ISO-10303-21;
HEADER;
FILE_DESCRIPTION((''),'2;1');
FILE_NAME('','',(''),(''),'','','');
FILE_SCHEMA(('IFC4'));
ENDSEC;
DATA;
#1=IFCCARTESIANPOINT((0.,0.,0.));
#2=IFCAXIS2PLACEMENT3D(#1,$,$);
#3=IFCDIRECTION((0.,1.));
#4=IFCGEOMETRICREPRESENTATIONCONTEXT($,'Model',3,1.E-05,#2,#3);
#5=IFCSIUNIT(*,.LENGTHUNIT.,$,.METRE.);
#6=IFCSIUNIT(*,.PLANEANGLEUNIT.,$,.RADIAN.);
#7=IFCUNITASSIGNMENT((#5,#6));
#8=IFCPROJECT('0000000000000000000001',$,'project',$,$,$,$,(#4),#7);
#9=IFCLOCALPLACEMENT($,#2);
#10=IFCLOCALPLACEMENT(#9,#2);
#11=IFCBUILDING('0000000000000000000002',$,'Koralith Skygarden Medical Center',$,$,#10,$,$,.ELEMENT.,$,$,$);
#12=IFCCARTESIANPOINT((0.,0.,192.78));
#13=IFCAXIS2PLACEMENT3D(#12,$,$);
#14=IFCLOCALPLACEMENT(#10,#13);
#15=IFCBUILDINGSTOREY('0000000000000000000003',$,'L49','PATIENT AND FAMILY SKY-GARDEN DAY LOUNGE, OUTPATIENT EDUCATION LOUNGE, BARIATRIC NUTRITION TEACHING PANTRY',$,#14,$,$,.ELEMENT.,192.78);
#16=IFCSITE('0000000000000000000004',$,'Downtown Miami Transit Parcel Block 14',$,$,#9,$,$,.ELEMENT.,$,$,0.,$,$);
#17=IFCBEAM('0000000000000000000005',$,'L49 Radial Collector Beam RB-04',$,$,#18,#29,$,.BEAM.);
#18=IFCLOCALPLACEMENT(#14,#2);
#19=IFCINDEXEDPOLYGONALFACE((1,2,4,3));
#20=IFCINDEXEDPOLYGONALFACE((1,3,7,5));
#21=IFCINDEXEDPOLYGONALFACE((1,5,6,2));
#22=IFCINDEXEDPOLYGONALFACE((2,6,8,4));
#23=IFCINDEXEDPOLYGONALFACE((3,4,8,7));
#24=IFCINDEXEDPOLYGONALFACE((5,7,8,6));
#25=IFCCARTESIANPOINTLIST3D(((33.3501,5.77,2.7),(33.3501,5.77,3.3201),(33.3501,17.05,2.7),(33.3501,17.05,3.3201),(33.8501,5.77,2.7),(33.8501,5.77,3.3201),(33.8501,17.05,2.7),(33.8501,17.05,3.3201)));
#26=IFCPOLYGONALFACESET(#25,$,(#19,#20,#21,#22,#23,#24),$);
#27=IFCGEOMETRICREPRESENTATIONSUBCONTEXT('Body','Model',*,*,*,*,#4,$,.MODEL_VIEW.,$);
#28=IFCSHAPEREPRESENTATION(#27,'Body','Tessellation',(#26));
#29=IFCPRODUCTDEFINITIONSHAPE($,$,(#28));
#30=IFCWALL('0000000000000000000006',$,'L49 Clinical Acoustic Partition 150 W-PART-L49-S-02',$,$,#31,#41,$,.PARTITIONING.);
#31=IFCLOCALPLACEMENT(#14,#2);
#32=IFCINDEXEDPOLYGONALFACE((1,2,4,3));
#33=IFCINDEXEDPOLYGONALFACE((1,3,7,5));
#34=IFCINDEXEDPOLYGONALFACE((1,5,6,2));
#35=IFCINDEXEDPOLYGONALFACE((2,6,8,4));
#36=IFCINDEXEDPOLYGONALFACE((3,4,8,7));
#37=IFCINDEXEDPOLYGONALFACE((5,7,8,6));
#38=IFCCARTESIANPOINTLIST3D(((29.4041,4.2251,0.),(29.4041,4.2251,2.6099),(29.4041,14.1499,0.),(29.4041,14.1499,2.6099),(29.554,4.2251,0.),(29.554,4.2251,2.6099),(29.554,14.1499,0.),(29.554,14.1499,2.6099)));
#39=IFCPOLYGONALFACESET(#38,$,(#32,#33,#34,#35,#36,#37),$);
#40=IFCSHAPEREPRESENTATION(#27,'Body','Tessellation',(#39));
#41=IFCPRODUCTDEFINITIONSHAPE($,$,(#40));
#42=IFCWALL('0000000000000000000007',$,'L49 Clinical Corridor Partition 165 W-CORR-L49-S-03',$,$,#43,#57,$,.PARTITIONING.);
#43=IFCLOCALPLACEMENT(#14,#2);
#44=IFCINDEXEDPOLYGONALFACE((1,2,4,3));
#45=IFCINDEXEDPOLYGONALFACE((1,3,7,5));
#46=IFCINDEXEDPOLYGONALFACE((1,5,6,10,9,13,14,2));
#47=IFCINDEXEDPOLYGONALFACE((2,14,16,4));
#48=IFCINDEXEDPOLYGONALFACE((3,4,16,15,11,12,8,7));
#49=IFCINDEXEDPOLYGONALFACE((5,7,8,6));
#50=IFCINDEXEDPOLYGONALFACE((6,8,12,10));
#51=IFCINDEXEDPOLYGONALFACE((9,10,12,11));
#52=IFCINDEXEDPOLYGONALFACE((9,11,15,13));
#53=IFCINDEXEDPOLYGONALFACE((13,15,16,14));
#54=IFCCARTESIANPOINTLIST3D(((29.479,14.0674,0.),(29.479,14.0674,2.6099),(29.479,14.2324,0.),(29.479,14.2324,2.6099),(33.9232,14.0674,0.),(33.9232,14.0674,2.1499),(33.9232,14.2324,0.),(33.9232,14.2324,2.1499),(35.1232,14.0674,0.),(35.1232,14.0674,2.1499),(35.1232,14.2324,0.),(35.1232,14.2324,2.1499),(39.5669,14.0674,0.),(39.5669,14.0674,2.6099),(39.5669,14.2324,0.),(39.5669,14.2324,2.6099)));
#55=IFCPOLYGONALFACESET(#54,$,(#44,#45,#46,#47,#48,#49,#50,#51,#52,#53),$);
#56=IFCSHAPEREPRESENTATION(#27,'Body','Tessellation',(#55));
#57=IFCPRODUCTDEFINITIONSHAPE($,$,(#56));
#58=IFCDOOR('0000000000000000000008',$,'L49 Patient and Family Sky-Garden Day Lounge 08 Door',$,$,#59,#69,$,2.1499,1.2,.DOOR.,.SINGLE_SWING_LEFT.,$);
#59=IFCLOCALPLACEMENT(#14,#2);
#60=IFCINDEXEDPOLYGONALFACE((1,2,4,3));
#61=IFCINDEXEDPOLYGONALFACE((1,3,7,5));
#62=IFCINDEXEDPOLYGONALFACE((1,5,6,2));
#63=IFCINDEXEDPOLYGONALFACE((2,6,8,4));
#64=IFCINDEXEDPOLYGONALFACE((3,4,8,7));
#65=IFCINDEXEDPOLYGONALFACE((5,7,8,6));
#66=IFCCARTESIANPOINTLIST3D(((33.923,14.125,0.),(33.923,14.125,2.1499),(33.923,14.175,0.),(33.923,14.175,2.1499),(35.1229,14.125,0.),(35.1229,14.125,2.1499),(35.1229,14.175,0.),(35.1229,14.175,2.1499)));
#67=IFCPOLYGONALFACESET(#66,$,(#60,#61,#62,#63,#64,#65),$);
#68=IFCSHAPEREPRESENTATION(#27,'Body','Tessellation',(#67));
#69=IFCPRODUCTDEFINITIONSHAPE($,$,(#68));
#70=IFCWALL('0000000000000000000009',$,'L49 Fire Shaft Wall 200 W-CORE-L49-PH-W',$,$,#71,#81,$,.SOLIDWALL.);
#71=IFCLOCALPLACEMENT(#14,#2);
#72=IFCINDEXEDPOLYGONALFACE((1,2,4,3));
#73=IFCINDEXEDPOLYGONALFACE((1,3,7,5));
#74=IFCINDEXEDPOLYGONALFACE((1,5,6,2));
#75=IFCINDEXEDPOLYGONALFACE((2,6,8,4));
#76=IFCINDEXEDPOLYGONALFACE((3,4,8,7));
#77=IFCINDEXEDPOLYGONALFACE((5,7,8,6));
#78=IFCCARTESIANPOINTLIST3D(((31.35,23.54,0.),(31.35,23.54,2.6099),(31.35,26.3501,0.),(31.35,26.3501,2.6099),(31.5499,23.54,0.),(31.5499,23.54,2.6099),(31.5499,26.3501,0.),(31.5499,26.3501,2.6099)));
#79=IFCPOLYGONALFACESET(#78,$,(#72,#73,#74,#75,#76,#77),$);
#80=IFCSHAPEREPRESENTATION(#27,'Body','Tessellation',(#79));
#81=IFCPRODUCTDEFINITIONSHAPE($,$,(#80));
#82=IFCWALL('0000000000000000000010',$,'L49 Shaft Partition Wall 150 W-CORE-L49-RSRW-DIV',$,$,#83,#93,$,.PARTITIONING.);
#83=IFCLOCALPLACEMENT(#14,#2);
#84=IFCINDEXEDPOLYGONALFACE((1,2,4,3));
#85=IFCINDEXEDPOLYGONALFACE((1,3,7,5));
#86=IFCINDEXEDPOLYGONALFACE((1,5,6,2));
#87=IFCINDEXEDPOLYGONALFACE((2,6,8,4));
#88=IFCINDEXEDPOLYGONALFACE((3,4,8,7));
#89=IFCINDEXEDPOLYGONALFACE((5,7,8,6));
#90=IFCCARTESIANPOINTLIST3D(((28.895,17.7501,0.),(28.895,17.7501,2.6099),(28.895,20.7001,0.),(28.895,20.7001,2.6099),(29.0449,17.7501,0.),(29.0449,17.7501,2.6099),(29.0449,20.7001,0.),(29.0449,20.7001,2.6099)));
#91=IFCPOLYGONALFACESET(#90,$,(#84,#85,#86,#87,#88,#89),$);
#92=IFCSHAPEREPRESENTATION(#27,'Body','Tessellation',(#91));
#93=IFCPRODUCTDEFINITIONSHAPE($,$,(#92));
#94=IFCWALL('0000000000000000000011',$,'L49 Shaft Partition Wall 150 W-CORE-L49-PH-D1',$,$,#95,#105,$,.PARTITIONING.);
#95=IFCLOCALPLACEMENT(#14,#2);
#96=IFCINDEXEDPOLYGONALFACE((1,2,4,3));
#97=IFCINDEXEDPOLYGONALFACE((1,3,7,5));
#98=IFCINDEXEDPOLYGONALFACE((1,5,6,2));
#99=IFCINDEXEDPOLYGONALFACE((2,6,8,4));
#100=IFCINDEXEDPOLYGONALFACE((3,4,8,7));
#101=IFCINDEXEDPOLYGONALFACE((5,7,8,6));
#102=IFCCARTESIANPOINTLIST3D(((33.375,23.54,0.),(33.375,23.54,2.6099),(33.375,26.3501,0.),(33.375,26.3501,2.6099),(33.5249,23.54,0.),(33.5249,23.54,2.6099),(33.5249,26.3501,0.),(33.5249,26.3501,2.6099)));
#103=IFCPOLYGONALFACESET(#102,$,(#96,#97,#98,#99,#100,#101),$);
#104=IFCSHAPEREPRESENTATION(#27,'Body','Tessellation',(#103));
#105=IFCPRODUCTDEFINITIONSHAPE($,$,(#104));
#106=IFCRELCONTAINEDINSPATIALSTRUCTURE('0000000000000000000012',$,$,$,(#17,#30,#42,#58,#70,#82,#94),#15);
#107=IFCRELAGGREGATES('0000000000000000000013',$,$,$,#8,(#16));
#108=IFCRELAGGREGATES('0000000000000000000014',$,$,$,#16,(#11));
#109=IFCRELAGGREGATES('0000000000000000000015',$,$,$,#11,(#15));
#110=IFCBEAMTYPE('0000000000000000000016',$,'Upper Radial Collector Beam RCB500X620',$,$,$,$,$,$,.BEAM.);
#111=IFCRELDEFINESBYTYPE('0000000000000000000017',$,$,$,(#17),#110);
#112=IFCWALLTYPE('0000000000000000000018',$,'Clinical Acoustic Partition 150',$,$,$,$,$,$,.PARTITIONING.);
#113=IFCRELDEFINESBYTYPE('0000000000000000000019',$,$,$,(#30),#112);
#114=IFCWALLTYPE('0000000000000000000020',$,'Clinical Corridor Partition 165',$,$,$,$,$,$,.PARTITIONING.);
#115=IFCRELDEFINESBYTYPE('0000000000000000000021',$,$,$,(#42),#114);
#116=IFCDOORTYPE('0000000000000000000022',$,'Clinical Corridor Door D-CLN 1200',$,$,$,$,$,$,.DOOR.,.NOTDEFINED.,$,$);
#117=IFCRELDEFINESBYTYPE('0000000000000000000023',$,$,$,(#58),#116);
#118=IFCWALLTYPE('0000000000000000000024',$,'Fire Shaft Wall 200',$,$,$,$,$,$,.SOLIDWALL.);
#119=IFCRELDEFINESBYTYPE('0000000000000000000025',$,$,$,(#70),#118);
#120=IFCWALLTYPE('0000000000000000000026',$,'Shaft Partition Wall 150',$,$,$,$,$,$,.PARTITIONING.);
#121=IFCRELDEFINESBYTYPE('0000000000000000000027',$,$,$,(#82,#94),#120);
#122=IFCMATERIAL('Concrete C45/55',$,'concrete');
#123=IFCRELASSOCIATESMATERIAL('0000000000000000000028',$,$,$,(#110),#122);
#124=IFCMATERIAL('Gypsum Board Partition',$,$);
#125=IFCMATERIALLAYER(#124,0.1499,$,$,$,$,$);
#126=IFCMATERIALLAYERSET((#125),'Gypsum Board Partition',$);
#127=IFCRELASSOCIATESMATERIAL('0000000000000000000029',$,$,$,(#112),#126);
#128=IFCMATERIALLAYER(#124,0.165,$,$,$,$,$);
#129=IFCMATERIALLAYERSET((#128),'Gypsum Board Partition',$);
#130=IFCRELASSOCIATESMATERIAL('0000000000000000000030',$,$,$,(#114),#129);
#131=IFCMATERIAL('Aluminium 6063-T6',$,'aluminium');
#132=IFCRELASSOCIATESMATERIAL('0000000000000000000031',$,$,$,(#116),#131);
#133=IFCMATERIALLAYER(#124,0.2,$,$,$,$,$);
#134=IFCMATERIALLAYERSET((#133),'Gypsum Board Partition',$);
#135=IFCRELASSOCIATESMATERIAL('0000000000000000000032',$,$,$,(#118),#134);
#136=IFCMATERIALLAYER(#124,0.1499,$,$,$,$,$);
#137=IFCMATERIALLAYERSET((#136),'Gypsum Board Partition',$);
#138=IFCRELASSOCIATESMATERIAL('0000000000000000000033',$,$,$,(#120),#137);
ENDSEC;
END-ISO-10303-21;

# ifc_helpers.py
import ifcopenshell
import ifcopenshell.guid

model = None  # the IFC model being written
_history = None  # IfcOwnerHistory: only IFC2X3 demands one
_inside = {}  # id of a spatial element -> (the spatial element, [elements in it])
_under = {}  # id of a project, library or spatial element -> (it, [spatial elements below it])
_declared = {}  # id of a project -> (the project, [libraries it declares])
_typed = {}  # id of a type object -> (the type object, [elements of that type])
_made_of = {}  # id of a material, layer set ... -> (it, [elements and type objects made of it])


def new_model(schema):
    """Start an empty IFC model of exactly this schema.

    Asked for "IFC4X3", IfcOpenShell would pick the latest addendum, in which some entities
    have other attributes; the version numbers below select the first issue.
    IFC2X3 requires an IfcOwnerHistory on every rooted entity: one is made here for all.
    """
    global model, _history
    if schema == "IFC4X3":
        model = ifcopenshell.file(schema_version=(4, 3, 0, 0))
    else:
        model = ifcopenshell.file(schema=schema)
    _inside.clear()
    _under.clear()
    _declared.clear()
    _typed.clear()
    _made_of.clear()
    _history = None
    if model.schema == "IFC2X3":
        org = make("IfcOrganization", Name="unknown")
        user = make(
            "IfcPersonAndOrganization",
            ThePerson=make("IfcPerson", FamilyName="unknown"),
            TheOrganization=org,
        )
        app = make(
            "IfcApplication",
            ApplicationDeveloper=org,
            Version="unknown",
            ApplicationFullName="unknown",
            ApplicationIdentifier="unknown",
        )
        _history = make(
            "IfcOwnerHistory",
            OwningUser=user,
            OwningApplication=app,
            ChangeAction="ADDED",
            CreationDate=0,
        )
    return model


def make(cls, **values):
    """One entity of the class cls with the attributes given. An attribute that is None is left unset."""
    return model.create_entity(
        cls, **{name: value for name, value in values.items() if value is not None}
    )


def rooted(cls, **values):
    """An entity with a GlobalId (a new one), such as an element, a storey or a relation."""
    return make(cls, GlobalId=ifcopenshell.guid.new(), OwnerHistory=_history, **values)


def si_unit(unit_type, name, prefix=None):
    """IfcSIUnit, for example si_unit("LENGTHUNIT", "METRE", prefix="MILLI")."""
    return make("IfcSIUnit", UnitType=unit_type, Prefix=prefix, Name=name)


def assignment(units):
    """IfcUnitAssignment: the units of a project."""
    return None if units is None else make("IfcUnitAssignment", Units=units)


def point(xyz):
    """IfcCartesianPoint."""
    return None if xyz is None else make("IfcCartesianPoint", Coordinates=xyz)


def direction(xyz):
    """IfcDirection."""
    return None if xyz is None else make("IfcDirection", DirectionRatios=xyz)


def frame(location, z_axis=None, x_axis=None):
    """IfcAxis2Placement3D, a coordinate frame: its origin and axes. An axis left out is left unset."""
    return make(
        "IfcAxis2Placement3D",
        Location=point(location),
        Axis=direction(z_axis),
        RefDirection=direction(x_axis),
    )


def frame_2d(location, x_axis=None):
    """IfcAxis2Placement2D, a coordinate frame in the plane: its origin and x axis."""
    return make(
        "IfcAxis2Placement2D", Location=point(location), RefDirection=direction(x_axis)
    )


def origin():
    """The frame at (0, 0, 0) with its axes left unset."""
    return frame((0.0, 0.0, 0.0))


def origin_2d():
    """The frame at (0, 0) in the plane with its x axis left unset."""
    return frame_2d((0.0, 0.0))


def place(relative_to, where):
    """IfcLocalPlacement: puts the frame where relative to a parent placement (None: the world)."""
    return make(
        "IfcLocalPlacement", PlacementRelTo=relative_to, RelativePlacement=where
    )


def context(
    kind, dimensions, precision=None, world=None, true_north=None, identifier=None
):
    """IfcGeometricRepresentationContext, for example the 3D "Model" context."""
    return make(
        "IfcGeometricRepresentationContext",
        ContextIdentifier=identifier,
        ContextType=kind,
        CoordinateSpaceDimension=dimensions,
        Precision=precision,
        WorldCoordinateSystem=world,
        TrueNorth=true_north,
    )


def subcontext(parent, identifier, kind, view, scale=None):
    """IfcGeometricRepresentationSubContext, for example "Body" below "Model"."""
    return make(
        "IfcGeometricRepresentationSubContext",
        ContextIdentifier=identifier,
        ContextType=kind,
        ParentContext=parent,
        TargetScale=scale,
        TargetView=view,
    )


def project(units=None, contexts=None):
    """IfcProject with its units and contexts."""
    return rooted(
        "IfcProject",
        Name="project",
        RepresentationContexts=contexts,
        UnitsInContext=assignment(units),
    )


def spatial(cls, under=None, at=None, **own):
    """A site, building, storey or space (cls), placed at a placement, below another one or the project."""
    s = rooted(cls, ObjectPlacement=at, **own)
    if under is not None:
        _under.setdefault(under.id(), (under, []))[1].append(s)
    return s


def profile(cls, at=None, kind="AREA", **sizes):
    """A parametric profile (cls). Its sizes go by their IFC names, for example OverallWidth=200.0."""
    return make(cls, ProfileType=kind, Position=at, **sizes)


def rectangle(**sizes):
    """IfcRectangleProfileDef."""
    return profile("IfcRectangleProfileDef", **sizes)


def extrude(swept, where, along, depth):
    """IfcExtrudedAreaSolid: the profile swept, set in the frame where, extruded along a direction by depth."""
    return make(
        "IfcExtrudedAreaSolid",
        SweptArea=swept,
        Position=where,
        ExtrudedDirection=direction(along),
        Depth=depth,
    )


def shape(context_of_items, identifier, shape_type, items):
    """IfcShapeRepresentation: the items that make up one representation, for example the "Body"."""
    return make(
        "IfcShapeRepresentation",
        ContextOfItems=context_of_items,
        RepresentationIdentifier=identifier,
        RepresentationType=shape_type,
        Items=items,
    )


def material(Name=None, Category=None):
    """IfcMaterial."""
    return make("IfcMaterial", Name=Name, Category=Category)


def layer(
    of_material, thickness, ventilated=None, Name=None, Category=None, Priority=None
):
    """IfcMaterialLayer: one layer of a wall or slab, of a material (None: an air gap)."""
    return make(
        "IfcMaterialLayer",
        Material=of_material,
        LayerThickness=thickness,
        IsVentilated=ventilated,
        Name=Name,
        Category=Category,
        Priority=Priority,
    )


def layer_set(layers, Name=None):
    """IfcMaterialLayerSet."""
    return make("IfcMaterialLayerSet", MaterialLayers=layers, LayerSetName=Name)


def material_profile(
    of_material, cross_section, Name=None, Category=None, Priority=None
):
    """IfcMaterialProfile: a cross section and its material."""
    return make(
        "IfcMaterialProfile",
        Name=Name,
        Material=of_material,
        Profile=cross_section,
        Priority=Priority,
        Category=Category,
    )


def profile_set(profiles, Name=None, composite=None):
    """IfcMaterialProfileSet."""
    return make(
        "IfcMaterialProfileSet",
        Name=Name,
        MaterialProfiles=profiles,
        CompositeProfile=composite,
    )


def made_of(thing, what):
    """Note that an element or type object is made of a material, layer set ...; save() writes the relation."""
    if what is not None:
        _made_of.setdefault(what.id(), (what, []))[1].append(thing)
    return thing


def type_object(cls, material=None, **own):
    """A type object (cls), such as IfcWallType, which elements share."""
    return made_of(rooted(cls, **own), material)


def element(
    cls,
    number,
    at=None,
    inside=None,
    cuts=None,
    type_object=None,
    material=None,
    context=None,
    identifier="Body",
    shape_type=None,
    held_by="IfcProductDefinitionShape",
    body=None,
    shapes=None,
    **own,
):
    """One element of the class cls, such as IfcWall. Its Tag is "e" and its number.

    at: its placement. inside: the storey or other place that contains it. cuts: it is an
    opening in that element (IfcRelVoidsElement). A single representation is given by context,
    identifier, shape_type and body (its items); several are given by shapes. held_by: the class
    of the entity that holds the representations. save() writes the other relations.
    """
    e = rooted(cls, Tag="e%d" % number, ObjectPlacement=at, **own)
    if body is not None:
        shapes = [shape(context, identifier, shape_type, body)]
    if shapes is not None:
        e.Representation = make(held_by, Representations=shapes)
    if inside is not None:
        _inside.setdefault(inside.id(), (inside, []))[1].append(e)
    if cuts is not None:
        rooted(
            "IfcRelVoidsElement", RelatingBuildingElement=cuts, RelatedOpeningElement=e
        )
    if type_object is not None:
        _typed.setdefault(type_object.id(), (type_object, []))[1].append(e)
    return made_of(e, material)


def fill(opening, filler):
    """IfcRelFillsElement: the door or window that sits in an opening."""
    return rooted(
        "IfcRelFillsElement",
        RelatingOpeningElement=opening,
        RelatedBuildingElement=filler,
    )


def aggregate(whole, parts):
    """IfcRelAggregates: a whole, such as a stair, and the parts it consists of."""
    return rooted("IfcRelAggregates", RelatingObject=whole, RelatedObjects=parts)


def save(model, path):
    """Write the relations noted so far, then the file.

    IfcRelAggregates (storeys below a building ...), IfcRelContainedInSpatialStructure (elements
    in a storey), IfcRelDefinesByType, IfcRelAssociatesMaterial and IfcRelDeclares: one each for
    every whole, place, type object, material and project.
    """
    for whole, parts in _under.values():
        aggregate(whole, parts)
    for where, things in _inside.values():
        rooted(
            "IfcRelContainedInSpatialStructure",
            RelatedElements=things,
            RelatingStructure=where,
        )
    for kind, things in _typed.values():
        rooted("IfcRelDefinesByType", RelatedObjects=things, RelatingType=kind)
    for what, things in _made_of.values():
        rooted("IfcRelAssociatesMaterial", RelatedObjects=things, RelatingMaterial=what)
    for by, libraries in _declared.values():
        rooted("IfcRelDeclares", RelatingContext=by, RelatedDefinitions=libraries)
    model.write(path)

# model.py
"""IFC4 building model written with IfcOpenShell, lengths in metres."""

from ifc_helpers import new_model, si_unit, direction, frame, frame_2d, origin, origin_2d, place, context, subcontext, project, spatial, rectangle, extrude, material, layer, layer_set, material_profile, profile_set, type_object, element, fill, save


model = new_model("IFC4")

# Units and contexts
model_context = context("Model", 3, precision=1e-05, world=origin(), true_north=direction((0.0, 1.0)))
body_context = subcontext(model_context, "Body", "Model", "MODEL_VIEW")
ifc_project = project(units=[si_unit("LENGTHUNIT", "METRE"), si_unit("PLANEANGLEUNIT", "RADIAN")], contexts=[model_context])

# Site, building, storey
site_placement = place(None, origin())
site = spatial("IfcSite", under=ifc_project, at=site_placement, Name="Downtown Miami Transit Parcel Block 14", CompositionType="ELEMENT", RefElevation=0.0)
building_placement = place(site_placement, origin())
building = spatial("IfcBuilding", under=site, at=building_placement, Name="Koralith Skygarden Medical Center", CompositionType="ELEMENT")
storey_placement = place(building_placement, frame((0.0, 0.0, 192.78)))
storey = spatial("IfcBuildingStorey", under=building, at=storey_placement, Name="L49", Description="PATIENT AND FAMILY SKY-GARDEN DAY LOUNGE, OUTPATIENT EDUCATION LOUNGE, BARIATRIC NUTRITION TEACHING PANTRY", CompositionType="ELEMENT", Elevation=192.78)

# Beam
ifc_material_1 = material(Name="Concrete C45/55", Category="concrete")
ifc_material_profile = material_profile(ifc_material_1, rectangle(XDim=0.5, YDim=0.6201, at=origin_2d()), Name="RCB500X620")
ifc_profile_set = profile_set([ifc_material_profile], Name="Concrete C45/55")
beam_type = type_object("IfcBeamType", Name="Upper Radial Collector Beam RCB500X620", PredefinedType="BEAM", material=ifc_profile_set)
beam_placement = place(storey_placement, frame((33.6001, 17.05, 3.01), z_axis=(0.0, -1.0, 0.0), x_axis=(1.0, 0.0, 0.0)))
element("IfcBeam", 1, at=beam_placement, inside=storey, type_object=beam_type, Name="L49 Radial Collector Beam RB-04", PredefinedType="BEAM", context=body_context, shape_type="SweptSolid", body=[
    extrude(rectangle(XDim=0.5, YDim=0.6201, at=origin_2d()), origin(), (0.0, 0.0, 1.0), 11.28),
])

# Shared definitions
ifc_material_2 = material(Name="Gypsum Board Partition")
ifc_layer_1 = layer(ifc_material_2, 0.1499)
ifc_layer_set_1 = layer_set([ifc_layer_1], Name="Gypsum Board Partition")
wall_type_1 = type_object("IfcWallType", Name="Clinical Acoustic Partition 150", PredefinedType="PARTITIONING", material=ifc_layer_set_1)
ifc_material_3 = material(Name="Aluminium 6063-T6", Category="aluminium")

# Wall
wall_1_placement = place(storey_placement, frame((29.479, 14.1499, 0.0), z_axis=(0.0, 0.0, 1.0), x_axis=(0.0, -1.0, 0.0)))
element("IfcWall", 2, at=wall_1_placement, inside=storey, type_object=wall_type_1, Name="L49 Clinical Acoustic Partition 150 W-PART-L49-S-02", PredefinedType="PARTITIONING", context=body_context, shape_type="SweptSolid", body=[
    extrude(rectangle(XDim=9.9248, YDim=0.1499, at=frame_2d((4.9624, 0.0))), origin(), (0.0, 0.0, 1.0), 2.6099),
])

# Wall, opening, door
ifc_layer_2 = layer(ifc_material_2, 0.165)
ifc_layer_set_2 = layer_set([ifc_layer_2], Name="Gypsum Board Partition")
wall_type_2 = type_object("IfcWallType", Name="Clinical Corridor Partition 165", PredefinedType="PARTITIONING", material=ifc_layer_set_2)
wall_2_placement = place(storey_placement, frame((29.479, 14.1499, 0.0), z_axis=(0.0, 0.0, 1.0), x_axis=(1.0, 0.0, 0.0)))
wall_2 = element("IfcWall", 3, at=wall_2_placement, inside=storey, type_object=wall_type_2, Name="L49 Clinical Corridor Partition 165 W-CORR-L49-S-03", PredefinedType="PARTITIONING", context=body_context, shape_type="SweptSolid", body=[
    extrude(rectangle(XDim=10.0879, YDim=0.165, at=frame_2d((5.0439, 0.0))), origin(), (0.0, 0.0, 1.0), 2.6099),
])
opening_1_placement = place(wall_2_placement, frame((4.4441, 0.0, 0.0)))
opening_1 = element("IfcOpeningElement", 4, at=opening_1_placement, cuts=wall_2, PredefinedType="OPENING", context=body_context, shape_type="SweptSolid", body=[
    extrude(rectangle(XDim=1.2, YDim=2.1499, at=frame_2d((0.6001, 1.075))), frame((0.0, 0.0925, 0.0), z_axis=(0.0, -1.0, 0.0), x_axis=(1.0, 0.0, 0.0)), (0.0, 0.0, 1.0), 0.1851),
])
door_type_1 = type_object("IfcDoorType", Name="Clinical Corridor Door D-CLN 1200", OperationType="NOTDEFINED", PredefinedType="DOOR", material=ifc_material_3)
door_1_placement = place(opening_1_placement, frame((1.2, 0.0, 0.0), z_axis=(0.0, 0.0, 1.0), x_axis=(-1.0, 0.0, 0.0)))
door_1 = element("IfcDoor", 5, at=door_1_placement, inside=storey, type_object=door_type_1, Name="L49 Patient and Family Sky-Garden Day Lounge 08 Door", OperationType="SINGLE_SWING_LEFT", OverallHeight=2.1499, OverallWidth=1.2, PredefinedType="DOOR", context=body_context, shape_type="SweptSolid", body=[
    extrude(rectangle(XDim=1.2, YDim=2.1499, at=frame_2d((0.6001, 1.075))), frame((0.0, 0.0249, 0.0), z_axis=(0.0, -1.0, 0.0), x_axis=(1.0, 0.0, 0.0)), (0.0, 0.0, 1.0), 0.05),
])
fill(opening_1, door_1)
ifc_layer_3 = layer(ifc_material_2, 0.2)
ifc_layer_set_3 = layer_set([ifc_layer_3], Name="Gypsum Board Partition")
wall_type_3 = type_object("IfcWallType", Name="Fire Shaft Wall 200", PredefinedType="SOLIDWALL", material=ifc_layer_set_3)

# Walls
wall_3_placement = place(storey_placement, frame((31.45, 23.54, 0.0), z_axis=(0.0, 0.0, 1.0), x_axis=(0.0, 1.0, 0.0)))
element("IfcWall", 6, at=wall_3_placement, inside=storey, type_object=wall_type_3, Name="L49 Fire Shaft Wall 200 W-CORE-L49-PH-W", PredefinedType="SOLIDWALL", context=body_context, shape_type="SweptSolid", body=[
    extrude(rectangle(XDim=2.8101, YDim=0.2, at=frame_2d((1.405, 0.0))), origin(), (0.0, 0.0, 1.0), 2.6099),
])
ifc_layer_4 = layer(ifc_material_2, 0.1499)
ifc_layer_set_4 = layer_set([ifc_layer_4], Name="Gypsum Board Partition")
wall_type_4 = type_object("IfcWallType", Name="Shaft Partition Wall 150", PredefinedType="PARTITIONING", material=ifc_layer_set_4)
wall_4_placement = place(storey_placement, frame((28.97, 17.75, 0.0), z_axis=(0.0, 0.0, 1.0), x_axis=(0.0, 1.0, 0.0)))
element("IfcWall", 7, at=wall_4_placement, inside=storey, type_object=wall_type_4, Name="L49 Shaft Partition Wall 150 W-CORE-L49-RSRW-DIV", PredefinedType="PARTITIONING", context=body_context, shape_type="SweptSolid", body=[
    extrude(rectangle(XDim=2.95, YDim=0.1499, at=frame_2d((1.4751, 0.0))), origin(), (0.0, 0.0, 1.0), 2.6099),
])
wall_5_placement = place(storey_placement, frame((33.45, 23.54, 0.0), z_axis=(0.0, 0.0, 1.0), x_axis=(0.0, 1.0, 0.0)))
element("IfcWall", 8, at=wall_5_placement, inside=storey, type_object=wall_type_4, Name="L49 Shaft Partition Wall 150 W-CORE-L49-PH-D1", PredefinedType="PARTITIONING", context=body_context, shape_type="SweptSolid", body=[
    extrude(rectangle(XDim=2.8101, YDim=0.1499, at=frame_2d((1.405, 0.0))), origin(), (0.0, 0.0, 1.0), 2.6099),
])

save(model, "model.ifc")
